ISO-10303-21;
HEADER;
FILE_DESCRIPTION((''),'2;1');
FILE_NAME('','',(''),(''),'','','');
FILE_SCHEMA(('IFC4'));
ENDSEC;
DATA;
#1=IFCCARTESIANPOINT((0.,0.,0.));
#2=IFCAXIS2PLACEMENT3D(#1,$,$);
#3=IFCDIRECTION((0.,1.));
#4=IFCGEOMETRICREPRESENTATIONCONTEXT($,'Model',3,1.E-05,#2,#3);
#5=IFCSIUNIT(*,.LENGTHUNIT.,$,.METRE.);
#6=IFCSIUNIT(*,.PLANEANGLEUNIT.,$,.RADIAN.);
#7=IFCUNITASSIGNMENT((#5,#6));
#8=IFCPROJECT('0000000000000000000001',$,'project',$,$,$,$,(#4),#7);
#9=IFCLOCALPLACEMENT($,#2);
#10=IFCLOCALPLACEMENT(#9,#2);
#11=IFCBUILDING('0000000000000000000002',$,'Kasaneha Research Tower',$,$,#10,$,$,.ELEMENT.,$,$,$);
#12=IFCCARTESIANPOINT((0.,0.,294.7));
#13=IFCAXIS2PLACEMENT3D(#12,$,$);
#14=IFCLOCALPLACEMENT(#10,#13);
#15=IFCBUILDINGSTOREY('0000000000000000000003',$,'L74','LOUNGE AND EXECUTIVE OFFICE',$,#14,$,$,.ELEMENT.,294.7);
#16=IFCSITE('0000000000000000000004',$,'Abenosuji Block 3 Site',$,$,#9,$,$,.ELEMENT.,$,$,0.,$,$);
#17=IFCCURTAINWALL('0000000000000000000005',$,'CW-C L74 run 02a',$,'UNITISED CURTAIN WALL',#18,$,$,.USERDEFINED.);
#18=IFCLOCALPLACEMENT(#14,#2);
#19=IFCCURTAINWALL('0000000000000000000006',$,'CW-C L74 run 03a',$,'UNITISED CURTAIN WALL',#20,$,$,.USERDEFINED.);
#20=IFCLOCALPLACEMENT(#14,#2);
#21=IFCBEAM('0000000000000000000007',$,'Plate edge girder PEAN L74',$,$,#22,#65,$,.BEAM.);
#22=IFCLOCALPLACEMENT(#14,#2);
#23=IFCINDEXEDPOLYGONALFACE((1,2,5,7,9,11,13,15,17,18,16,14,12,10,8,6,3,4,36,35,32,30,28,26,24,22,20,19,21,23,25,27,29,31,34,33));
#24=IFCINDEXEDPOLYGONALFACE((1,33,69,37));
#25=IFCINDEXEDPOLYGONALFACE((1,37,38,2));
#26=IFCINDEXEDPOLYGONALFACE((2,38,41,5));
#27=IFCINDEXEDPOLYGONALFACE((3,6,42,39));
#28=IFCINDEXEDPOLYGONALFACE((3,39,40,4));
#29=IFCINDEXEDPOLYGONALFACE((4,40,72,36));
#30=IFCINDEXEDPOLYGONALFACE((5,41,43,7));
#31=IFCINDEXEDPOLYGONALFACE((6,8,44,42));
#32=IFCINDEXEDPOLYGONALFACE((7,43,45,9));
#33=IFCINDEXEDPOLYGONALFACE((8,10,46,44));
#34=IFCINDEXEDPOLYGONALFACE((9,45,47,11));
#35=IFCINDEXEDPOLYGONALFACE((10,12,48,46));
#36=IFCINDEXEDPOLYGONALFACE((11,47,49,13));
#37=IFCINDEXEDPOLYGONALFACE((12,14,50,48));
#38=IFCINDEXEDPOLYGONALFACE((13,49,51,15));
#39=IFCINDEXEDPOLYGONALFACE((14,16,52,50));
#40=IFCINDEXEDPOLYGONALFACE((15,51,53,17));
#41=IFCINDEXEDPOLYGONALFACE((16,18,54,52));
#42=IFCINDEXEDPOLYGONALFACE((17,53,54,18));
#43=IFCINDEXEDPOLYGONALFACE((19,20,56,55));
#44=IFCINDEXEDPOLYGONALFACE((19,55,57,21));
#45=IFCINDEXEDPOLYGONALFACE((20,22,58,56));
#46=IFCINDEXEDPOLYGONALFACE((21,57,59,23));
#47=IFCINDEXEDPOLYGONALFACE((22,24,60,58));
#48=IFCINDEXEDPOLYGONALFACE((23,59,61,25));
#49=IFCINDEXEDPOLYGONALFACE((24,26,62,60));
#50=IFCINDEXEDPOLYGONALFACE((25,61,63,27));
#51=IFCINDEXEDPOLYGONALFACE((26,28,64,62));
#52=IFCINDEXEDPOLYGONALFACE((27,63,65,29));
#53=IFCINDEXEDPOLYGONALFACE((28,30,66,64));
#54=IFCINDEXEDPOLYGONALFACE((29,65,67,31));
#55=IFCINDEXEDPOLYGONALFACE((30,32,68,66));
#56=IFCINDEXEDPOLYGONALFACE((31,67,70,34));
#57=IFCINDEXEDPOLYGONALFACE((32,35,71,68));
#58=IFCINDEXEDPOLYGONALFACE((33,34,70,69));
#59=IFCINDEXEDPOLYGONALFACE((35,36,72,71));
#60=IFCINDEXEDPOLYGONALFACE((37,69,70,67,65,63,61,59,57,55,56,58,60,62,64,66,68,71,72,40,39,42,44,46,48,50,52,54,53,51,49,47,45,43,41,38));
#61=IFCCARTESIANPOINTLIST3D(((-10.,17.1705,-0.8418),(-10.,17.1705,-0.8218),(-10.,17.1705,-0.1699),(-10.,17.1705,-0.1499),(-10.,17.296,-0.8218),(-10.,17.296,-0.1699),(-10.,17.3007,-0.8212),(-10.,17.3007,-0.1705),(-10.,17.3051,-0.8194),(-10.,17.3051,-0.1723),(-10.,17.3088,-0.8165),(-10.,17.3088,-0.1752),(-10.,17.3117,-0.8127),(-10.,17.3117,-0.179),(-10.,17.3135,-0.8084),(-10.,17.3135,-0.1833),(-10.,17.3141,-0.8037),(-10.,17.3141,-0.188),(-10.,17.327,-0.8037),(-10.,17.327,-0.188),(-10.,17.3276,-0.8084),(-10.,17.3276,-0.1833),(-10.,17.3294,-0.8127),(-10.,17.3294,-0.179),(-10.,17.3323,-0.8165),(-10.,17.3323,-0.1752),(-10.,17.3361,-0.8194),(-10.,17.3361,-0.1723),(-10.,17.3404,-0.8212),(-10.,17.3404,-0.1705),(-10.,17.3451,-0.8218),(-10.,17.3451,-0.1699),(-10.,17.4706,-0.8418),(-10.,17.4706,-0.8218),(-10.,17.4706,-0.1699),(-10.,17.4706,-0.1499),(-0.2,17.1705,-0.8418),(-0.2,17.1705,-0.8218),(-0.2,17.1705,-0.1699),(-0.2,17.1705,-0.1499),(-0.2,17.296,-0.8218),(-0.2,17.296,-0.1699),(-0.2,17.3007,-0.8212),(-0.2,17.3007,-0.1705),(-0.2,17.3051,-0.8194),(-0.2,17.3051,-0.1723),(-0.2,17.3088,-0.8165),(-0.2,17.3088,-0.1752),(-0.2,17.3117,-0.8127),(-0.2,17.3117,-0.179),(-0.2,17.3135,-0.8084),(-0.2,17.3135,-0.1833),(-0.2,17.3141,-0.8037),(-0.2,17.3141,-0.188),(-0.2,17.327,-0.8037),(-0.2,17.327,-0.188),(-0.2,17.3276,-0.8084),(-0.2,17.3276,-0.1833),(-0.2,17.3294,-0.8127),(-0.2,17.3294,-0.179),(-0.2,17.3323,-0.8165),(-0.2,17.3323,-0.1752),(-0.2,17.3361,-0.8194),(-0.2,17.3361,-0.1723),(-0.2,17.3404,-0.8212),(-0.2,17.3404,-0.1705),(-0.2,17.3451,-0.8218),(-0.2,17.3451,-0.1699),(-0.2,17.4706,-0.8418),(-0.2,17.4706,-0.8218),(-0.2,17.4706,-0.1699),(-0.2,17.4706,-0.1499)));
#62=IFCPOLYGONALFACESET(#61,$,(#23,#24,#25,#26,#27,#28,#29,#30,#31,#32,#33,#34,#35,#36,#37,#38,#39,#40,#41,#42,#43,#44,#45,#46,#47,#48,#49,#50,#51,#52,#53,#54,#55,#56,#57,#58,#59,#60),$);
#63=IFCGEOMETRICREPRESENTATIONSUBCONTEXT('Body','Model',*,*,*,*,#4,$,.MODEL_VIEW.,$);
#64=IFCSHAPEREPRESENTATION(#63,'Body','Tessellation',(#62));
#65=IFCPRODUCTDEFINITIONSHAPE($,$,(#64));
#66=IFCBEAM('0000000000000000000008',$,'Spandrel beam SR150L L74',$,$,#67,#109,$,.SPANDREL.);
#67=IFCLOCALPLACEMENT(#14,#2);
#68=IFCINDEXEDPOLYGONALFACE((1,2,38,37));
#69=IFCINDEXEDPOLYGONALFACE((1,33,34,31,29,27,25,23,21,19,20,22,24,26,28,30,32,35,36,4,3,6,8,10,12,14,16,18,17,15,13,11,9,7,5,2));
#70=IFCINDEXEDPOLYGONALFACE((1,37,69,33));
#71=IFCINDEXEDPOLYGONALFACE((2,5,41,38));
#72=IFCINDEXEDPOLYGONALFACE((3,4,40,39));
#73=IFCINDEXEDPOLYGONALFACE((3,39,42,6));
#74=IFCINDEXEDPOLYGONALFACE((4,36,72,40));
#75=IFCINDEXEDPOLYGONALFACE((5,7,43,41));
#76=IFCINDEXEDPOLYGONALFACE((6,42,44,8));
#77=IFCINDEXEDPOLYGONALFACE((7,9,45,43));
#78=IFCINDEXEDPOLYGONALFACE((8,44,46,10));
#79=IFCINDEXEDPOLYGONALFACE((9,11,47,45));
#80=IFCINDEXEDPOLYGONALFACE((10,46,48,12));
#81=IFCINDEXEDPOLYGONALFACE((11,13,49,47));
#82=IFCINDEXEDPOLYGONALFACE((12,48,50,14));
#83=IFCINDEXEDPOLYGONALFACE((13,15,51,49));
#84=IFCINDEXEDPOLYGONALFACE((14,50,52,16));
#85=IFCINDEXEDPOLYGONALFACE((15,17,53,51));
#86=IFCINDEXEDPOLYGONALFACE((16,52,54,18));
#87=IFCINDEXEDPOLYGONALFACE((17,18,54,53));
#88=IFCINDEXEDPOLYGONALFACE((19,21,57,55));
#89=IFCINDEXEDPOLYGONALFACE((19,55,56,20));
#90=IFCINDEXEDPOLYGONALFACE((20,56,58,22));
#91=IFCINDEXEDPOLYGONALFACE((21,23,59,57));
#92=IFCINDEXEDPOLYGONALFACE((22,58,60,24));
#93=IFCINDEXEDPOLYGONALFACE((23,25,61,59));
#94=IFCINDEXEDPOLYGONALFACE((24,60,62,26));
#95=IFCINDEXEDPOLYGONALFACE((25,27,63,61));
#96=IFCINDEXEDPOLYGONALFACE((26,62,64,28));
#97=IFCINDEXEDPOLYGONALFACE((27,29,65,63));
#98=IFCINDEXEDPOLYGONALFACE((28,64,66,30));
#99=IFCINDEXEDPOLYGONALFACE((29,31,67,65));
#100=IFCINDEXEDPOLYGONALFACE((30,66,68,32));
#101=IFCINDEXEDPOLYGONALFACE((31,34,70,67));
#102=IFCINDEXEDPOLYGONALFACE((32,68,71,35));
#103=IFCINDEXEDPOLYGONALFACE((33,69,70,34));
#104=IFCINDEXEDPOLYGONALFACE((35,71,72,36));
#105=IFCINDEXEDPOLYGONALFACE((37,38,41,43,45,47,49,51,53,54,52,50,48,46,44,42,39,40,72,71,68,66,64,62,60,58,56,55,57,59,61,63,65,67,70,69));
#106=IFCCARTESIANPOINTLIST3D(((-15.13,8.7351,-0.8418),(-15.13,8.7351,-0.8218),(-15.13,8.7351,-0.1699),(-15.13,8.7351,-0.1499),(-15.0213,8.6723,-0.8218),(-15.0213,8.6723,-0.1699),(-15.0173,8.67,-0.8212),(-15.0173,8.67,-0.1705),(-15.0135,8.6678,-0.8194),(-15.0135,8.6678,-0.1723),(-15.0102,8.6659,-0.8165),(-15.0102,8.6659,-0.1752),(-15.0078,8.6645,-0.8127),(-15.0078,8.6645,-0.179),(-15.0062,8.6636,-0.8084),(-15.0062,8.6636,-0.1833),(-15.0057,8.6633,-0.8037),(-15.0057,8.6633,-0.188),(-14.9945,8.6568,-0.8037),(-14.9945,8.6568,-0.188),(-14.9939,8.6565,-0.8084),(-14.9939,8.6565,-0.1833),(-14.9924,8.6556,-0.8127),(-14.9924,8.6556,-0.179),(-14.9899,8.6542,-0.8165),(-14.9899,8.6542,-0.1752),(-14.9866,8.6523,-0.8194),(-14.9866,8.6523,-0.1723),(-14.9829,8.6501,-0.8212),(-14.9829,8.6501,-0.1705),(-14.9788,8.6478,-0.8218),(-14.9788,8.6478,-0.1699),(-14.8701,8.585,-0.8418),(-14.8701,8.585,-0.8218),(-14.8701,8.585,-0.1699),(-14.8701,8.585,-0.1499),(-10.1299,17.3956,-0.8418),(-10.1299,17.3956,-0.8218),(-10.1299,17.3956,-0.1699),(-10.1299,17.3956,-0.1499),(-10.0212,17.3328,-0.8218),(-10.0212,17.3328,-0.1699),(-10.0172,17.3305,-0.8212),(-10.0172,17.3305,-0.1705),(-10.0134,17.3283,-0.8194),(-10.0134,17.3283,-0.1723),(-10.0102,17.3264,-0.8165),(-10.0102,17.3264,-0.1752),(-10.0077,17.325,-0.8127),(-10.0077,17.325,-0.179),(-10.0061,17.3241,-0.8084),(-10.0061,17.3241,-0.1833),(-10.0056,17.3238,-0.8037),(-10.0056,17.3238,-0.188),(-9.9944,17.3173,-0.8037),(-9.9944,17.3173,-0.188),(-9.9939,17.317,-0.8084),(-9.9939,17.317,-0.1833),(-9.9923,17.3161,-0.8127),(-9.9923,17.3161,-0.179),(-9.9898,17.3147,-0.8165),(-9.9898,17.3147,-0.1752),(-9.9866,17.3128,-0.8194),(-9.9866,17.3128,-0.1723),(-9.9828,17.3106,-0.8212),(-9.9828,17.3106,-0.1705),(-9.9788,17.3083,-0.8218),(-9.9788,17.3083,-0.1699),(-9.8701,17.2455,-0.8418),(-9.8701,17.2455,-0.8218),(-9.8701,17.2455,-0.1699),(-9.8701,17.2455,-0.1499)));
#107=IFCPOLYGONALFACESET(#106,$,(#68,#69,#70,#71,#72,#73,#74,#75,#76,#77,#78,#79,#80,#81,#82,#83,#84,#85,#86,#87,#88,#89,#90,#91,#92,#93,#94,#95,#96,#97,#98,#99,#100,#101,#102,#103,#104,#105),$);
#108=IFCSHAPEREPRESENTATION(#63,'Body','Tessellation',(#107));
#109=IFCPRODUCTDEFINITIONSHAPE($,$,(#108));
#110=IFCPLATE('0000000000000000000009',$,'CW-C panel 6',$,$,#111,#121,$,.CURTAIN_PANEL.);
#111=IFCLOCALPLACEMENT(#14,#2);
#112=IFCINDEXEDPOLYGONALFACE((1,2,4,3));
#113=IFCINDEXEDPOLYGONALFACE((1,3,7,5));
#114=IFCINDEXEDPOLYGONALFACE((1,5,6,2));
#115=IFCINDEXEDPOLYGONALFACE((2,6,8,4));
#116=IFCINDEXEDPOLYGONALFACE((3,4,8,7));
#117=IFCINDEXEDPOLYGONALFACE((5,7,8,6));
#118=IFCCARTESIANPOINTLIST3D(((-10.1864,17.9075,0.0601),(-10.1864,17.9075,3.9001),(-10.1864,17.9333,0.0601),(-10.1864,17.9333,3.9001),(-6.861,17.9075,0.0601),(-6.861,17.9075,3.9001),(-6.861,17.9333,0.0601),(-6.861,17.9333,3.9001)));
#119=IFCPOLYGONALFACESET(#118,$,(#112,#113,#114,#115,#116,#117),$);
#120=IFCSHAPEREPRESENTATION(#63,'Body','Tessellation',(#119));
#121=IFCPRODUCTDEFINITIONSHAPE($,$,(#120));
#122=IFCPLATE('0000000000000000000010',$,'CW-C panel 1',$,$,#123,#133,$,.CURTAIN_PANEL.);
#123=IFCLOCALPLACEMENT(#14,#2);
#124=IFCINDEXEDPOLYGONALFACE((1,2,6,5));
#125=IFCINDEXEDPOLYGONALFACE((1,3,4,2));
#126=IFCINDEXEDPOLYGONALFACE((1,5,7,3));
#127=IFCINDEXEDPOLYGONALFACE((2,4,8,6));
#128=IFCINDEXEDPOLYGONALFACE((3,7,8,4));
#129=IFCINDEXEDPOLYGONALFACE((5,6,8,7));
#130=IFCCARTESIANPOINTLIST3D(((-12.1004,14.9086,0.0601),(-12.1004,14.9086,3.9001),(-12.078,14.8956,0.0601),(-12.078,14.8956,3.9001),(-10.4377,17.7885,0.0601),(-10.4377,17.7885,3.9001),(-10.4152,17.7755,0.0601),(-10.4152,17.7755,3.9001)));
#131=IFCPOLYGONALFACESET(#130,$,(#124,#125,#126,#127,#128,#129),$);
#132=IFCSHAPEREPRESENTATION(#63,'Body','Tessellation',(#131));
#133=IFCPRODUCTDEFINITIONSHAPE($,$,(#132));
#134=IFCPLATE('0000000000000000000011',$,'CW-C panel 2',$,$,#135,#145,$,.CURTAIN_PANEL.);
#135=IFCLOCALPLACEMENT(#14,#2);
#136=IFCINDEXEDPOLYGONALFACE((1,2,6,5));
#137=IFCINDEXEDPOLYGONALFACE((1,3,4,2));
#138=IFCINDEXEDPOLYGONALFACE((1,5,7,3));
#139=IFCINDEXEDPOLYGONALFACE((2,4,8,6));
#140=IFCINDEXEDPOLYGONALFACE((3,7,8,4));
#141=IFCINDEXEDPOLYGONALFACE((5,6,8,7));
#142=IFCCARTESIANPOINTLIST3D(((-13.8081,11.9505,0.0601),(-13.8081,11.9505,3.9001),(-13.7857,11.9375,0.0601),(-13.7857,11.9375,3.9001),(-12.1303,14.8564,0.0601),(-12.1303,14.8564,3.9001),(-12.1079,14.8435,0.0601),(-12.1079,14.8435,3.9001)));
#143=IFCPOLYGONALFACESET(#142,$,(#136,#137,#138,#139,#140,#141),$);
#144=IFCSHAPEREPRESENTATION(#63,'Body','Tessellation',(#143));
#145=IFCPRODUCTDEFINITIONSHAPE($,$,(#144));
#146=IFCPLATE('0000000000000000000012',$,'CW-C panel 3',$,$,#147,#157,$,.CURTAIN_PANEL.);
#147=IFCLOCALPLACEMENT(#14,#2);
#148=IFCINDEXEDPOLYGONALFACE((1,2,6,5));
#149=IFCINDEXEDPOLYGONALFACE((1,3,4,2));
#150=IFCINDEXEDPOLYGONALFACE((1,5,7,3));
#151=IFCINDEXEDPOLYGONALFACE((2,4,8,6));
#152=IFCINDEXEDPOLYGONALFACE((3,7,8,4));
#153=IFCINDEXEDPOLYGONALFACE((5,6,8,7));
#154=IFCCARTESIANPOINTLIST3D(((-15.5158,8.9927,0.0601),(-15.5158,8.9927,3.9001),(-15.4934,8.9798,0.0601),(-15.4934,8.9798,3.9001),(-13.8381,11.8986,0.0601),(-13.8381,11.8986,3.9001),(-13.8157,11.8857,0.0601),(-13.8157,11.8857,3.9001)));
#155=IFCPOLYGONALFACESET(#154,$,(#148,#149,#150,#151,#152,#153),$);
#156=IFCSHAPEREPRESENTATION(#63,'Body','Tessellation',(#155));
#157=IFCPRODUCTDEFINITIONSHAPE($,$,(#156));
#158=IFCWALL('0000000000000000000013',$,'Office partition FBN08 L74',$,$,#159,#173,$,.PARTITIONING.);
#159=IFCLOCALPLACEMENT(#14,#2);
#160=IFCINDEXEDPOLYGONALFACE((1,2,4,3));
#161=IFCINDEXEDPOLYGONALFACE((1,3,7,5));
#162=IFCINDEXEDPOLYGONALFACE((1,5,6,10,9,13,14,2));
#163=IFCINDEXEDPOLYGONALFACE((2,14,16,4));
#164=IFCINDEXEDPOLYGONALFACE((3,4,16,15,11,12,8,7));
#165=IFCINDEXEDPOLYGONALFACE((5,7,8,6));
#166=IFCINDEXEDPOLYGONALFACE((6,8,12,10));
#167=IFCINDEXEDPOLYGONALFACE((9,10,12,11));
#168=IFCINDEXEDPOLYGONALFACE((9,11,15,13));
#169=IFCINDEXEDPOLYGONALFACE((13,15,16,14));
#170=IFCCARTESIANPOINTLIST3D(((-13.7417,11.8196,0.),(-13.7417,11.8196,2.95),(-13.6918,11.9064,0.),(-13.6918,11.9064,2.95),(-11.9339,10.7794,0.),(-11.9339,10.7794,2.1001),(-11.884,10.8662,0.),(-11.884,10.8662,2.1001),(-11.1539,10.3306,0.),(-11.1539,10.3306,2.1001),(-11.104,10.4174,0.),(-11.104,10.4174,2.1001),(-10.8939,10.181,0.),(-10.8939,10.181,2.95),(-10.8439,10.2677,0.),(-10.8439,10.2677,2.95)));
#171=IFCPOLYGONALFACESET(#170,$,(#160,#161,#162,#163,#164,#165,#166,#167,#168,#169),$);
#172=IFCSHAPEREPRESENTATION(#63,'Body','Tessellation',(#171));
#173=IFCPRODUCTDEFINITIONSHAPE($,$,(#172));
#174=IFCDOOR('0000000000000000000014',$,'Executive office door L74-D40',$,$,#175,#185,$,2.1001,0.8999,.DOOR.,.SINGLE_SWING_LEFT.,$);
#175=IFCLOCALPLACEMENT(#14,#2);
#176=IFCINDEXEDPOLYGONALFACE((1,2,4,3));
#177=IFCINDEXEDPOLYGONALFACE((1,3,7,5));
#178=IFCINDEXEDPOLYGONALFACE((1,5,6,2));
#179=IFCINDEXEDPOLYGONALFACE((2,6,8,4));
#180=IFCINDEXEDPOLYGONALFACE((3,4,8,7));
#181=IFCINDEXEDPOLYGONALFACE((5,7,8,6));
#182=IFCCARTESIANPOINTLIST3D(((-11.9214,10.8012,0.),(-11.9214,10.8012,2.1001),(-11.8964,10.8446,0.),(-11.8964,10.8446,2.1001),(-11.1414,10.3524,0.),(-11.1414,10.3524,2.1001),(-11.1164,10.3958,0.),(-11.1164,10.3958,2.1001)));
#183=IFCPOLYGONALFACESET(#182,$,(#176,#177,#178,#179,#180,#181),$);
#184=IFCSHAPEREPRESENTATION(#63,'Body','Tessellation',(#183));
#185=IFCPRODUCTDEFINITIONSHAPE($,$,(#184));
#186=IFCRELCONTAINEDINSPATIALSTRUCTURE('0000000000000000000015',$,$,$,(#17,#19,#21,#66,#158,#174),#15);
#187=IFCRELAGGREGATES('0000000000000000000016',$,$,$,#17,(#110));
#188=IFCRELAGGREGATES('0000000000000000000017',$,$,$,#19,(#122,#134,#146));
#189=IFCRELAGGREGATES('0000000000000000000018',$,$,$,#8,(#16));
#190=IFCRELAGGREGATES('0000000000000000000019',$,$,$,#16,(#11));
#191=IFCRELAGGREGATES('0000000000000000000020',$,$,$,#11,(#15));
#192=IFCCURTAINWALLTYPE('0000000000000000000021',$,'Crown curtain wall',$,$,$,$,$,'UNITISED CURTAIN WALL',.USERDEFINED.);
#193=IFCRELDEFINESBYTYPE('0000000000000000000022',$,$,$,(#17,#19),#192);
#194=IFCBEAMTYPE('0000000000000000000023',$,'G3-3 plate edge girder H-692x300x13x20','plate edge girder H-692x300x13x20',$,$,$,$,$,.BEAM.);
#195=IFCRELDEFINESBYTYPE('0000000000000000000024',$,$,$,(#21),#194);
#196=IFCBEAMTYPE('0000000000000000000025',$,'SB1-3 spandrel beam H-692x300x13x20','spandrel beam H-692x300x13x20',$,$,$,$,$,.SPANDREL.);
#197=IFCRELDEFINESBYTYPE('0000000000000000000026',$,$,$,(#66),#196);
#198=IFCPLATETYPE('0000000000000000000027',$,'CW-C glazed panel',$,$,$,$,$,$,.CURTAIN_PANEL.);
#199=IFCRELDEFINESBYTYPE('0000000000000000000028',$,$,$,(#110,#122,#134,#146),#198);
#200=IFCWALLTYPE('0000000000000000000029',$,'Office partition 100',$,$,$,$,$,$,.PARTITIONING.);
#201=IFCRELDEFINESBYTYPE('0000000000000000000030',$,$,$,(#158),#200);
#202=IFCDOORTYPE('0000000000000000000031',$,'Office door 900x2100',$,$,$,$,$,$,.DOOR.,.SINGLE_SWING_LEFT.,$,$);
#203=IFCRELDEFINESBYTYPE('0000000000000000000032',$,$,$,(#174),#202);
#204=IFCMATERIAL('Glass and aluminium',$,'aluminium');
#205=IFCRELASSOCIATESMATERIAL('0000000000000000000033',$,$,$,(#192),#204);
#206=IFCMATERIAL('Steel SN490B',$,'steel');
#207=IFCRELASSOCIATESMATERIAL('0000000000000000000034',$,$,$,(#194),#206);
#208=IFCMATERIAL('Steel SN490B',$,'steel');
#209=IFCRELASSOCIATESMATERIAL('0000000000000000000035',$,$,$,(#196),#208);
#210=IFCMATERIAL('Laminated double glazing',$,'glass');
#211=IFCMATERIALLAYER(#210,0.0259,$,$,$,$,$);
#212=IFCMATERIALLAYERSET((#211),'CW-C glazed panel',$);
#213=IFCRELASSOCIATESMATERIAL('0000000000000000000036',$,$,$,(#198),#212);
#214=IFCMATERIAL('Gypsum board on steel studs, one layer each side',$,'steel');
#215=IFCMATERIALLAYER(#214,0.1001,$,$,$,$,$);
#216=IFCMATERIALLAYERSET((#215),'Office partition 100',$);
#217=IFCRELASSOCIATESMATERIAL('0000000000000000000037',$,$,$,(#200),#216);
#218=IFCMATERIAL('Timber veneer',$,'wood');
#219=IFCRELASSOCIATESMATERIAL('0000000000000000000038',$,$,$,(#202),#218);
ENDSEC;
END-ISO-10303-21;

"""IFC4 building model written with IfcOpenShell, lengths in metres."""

from ifc_helpers import new_model, si_unit, direction, frame, frame_2d, origin, origin_2d, place, context, subcontext, project, spatial, rectangle, i_section, extrude, material, layer, layer_set, material_profile, profile_set, type_object, element, fill, aggregate, save


model = new_model("IFC4")

# Units and contexts
model_context = context("Model", 3, precision=1e-05, world=origin(), true_north=direction((0.0, 1.0)))
body_context = subcontext(model_context, "Body", "Model", "MODEL_VIEW")
ifc_project = project(units=[si_unit("LENGTHUNIT", "METRE"), si_unit("PLANEANGLEUNIT", "RADIAN")], contexts=[model_context])

# Site, building, storey
site_placement = place(None, origin())
site = spatial("IfcSite", under=ifc_project, at=site_placement, Name="Abenosuji Block 3 Site", CompositionType="ELEMENT", RefElevation=0.0)
building_placement = place(site_placement, origin())
building = spatial("IfcBuilding", under=site, at=building_placement, Name="Kasaneha Research Tower", CompositionType="ELEMENT")
storey_placement = place(building_placement, frame((0.0, 0.0, 294.7)))
storey = spatial("IfcBuildingStorey", under=building, at=storey_placement, Name="L74", Description="LOUNGE AND EXECUTIVE OFFICE", CompositionType="ELEMENT", Elevation=294.7)

# Curtain wall
ifc_material_1 = material(Name="Glass and aluminium", Category="aluminium")
curtain_wall_type = type_object("IfcCurtainWallType", Name="Crown curtain wall", ElementType="UNITISED CURTAIN WALL", PredefinedType="USERDEFINED", material=ifc_material_1)
curtain_wall_1_placement = place(storey_placement, origin())
curtain_wall_1 = element("IfcCurtainWall", 1, at=curtain_wall_1_placement, inside=storey, type_object=curtain_wall_type, Name="CW-C L74 run 02a", ObjectType="UNITISED CURTAIN WALL", PredefinedType="USERDEFINED")

# Curtain wall
curtain_wall_2_placement = place(storey_placement, origin())
curtain_wall_2 = element("IfcCurtainWall", 2, at=curtain_wall_2_placement, inside=storey, type_object=curtain_wall_type, Name="CW-C L74 run 03a", ObjectType="UNITISED CURTAIN WALL", PredefinedType="USERDEFINED")

# Beams
ifc_material_2 = material(Name="Steel SN490B", Category="steel")
ifc_material_profile_1 = material_profile(ifc_material_2, i_section(OverallWidth=0.3, OverallDepth=0.6919, WebThickness=0.0129, FlangeThickness=0.02, FilletRadius=0.0181, at=origin_2d()), Name="H-692x300x13x20")
ifc_profile_set_1 = profile_set([ifc_material_profile_1], Name="Steel SN490B")
beam_type_1 = type_object("IfcBeamType", Name="G3-3 plate edge girder H-692x300x13x20", Description="plate edge girder H-692x300x13x20", PredefinedType="BEAM", material=ifc_profile_set_1)
beam_1_placement = place(storey_placement, frame((-10.0, 17.3206, -0.4958), z_axis=(1.0, 0.0, 0.0), x_axis=(0.0, 1.0, 0.0)))
element("IfcBeam", 3, at=beam_1_placement, inside=storey, type_object=beam_type_1, Name="Plate edge girder PEAN L74", PredefinedType="BEAM", context=body_context, shape_type="SweptSolid", body=[
    extrude(i_section(OverallWidth=0.3, OverallDepth=0.6919, WebThickness=0.0129, FlangeThickness=0.02, FilletRadius=0.0181, at=origin_2d()), origin(), (0.0, 0.0, 1.0), 9.8),
])
ifc_material_3 = material(Name="Steel SN490B", Category="steel")
ifc_material_profile_2 = material_profile(ifc_material_3, i_section(OverallWidth=0.3, OverallDepth=0.6919, WebThickness=0.0129, FlangeThickness=0.02, FilletRadius=0.0181, at=origin_2d()), Name="H-692x300x13x20")
ifc_profile_set_2 = profile_set([ifc_material_profile_2], Name="Steel SN490B")
beam_type_2 = type_object("IfcBeamType", Name="SB1-3 spandrel beam H-692x300x13x20", Description="spandrel beam H-692x300x13x20", PredefinedType="SPANDREL", material=ifc_profile_set_2)
beam_2_placement = place(storey_placement, frame((-10.0, 17.3206, -0.4958), z_axis=(-0.499994, -0.866029, 0.0), x_axis=(0.866029, -0.499994, 0.0)))
element("IfcBeam", 4, at=beam_2_placement, inside=storey, type_object=beam_type_2, Name="Spandrel beam SR150L L74", PredefinedType="SPANDREL", context=body_context, shape_type="SweptSolid", body=[
    extrude(i_section(OverallWidth=0.3, OverallDepth=0.6919, WebThickness=0.0129, FlangeThickness=0.02, FilletRadius=0.0181, at=origin_2d()), origin(), (0.0, 0.0, 1.0), 10.0002),
])

# Plates
ifc_material_4 = material(Name="Laminated double glazing", Category="glass")
ifc_layer_1 = layer(ifc_material_4, 0.0259)
ifc_layer_set_1 = layer_set([ifc_layer_1], Name="CW-C glazed panel")
plate_type = type_object("IfcPlateType", Name="CW-C glazed panel", PredefinedType="CURTAIN_PANEL", material=ifc_layer_set_1)
plate_1_placement = place(storey_placement, frame((-8.5237, 17.9204, 0.0601), z_axis=(0.0, 0.0, 1.0), x_axis=(-1.0, 0.0, 0.0)))
plate_1 = element("IfcPlate", 5, at=plate_1_placement, type_object=plate_type, Name="CW-C panel 6", PredefinedType="CURTAIN_PANEL", context=body_context, shape_type="SweptSolid", body=[
    extrude(rectangle(XDim=3.3254, YDim=0.0259, at=origin_2d()), origin(), (0.0, 0.0, 1.0), 3.8401),
])
aggregate(curtain_wall_1, [plate_1])
plate_2_placement = place(storey_placement, frame((-11.2578, 16.342, 0.0601), z_axis=(0.0, 0.0, 1.0), x_axis=(-0.5, -0.866025, 0.0)))
plate_2 = element("IfcPlate", 6, at=plate_2_placement, type_object=plate_type, Name="CW-C panel 1", PredefinedType="CURTAIN_PANEL", context=body_context, shape_type="SweptSolid", body=[
    extrude(rectangle(XDim=3.3254, YDim=0.0259, at=origin_2d()), origin(), (0.0, 0.0, 1.0), 3.8401),
])
plate_3_placement = place(storey_placement, frame((-12.958, 13.397, 0.0601), z_axis=(0.0, 0.0, 1.0), x_axis=(-0.5, -0.866025, 0.0)))
plate_3 = element("IfcPlate", 7, at=plate_3_placement, type_object=plate_type, Name="CW-C panel 2", PredefinedType="CURTAIN_PANEL", context=body_context, shape_type="SweptSolid", body=[
    extrude(rectangle(XDim=3.3555, YDim=0.0259, at=origin_2d()), origin(), (0.0, 0.0, 1.0), 3.8401),
])
plate_4_placement = place(storey_placement, frame((-14.6658, 10.4392, 0.0601), z_axis=(0.0, 0.0, 1.0), x_axis=(-0.5, -0.866025, 0.0)))
plate_4 = element("IfcPlate", 8, at=plate_4_placement, type_object=plate_type, Name="CW-C panel 3", PredefinedType="CURTAIN_PANEL", context=body_context, shape_type="SweptSolid", body=[
    extrude(rectangle(XDim=3.3555, YDim=0.0259, at=origin_2d()), origin(), (0.0, 0.0, 1.0), 3.8401),
])
aggregate(curtain_wall_2, [plate_2, plate_3, plate_4])

# Wall, opening, door
ifc_material_5 = material(Name="Gypsum board on steel studs, one layer each side", Category="steel")
ifc_layer_2 = layer(ifc_material_5, 0.1001)
ifc_layer_set_2 = layer_set([ifc_layer_2], Name="Office partition 100")
wall_type_1 = type_object("IfcWallType", Name="Office partition 100", PredefinedType="PARTITIONING", material=ifc_layer_set_2)
wall_1_placement = place(storey_placement, frame((-10.8689, 10.2244, 0.0), z_axis=(0.0, 0.0, 1.0), x_axis=(-0.866758, 0.498729, 0.0)))
wall_1 = element("IfcWall", 9, at=wall_1_placement, inside=storey, type_object=wall_type_1, Name="Office partition FBN08 L74", PredefinedType="PARTITIONING", context=body_context, shape_type="SweptSolid", body=[
    extrude(rectangle(XDim=3.2856, YDim=0.1001, at=frame_2d((1.6428, 0.0))), origin(), (0.0, 0.0, 1.0), 2.95),
])
opening_1_placement = place(wall_1_placement, frame((0.3, 0.0, 0.0)))
opening_1 = element("IfcOpeningElement", 10, at=opening_1_placement, cuts=wall_1, PredefinedType="OPENING", context=body_context, shape_type="SweptSolid", body=[
    extrude(rectangle(XDim=0.8999, YDim=2.1001, at=frame_2d((0.45, 1.05))), frame((0.0, 0.0601, 0.0), z_axis=(0.0, -1.0, 0.0), x_axis=(1.0, 0.0, 0.0)), (0.0, 0.0, 1.0), 0.1201),
])
ifc_material_6 = material(Name="Timber veneer", Category="wood")
door_type_1 = type_object("IfcDoorType", Name="Office door 900x2100", OperationType="SINGLE_SWING_LEFT", PredefinedType="DOOR", material=ifc_material_6)
door_1_placement = place(opening_1_placement, origin())
door_1 = element("IfcDoor", 11, at=door_1_placement, inside=storey, type_object=door_type_1, Name="Executive office door L74-D40", OperationType="SINGLE_SWING_LEFT", OverallHeight=2.1001, OverallWidth=0.8999, PredefinedType="DOOR", context=body_context, shape_type="SweptSolid", body=[
    extrude(rectangle(XDim=0.8999, YDim=2.1001, at=frame_2d((0.45, 1.05))), frame((0.0, 0.0249, 0.0), z_axis=(0.0, -1.0, 0.0), x_axis=(1.0, 0.0, 0.0)), (0.0, 0.0, 1.0), 0.05),
])
fill(opening_1, door_1)

save(model, "model.ifc")
